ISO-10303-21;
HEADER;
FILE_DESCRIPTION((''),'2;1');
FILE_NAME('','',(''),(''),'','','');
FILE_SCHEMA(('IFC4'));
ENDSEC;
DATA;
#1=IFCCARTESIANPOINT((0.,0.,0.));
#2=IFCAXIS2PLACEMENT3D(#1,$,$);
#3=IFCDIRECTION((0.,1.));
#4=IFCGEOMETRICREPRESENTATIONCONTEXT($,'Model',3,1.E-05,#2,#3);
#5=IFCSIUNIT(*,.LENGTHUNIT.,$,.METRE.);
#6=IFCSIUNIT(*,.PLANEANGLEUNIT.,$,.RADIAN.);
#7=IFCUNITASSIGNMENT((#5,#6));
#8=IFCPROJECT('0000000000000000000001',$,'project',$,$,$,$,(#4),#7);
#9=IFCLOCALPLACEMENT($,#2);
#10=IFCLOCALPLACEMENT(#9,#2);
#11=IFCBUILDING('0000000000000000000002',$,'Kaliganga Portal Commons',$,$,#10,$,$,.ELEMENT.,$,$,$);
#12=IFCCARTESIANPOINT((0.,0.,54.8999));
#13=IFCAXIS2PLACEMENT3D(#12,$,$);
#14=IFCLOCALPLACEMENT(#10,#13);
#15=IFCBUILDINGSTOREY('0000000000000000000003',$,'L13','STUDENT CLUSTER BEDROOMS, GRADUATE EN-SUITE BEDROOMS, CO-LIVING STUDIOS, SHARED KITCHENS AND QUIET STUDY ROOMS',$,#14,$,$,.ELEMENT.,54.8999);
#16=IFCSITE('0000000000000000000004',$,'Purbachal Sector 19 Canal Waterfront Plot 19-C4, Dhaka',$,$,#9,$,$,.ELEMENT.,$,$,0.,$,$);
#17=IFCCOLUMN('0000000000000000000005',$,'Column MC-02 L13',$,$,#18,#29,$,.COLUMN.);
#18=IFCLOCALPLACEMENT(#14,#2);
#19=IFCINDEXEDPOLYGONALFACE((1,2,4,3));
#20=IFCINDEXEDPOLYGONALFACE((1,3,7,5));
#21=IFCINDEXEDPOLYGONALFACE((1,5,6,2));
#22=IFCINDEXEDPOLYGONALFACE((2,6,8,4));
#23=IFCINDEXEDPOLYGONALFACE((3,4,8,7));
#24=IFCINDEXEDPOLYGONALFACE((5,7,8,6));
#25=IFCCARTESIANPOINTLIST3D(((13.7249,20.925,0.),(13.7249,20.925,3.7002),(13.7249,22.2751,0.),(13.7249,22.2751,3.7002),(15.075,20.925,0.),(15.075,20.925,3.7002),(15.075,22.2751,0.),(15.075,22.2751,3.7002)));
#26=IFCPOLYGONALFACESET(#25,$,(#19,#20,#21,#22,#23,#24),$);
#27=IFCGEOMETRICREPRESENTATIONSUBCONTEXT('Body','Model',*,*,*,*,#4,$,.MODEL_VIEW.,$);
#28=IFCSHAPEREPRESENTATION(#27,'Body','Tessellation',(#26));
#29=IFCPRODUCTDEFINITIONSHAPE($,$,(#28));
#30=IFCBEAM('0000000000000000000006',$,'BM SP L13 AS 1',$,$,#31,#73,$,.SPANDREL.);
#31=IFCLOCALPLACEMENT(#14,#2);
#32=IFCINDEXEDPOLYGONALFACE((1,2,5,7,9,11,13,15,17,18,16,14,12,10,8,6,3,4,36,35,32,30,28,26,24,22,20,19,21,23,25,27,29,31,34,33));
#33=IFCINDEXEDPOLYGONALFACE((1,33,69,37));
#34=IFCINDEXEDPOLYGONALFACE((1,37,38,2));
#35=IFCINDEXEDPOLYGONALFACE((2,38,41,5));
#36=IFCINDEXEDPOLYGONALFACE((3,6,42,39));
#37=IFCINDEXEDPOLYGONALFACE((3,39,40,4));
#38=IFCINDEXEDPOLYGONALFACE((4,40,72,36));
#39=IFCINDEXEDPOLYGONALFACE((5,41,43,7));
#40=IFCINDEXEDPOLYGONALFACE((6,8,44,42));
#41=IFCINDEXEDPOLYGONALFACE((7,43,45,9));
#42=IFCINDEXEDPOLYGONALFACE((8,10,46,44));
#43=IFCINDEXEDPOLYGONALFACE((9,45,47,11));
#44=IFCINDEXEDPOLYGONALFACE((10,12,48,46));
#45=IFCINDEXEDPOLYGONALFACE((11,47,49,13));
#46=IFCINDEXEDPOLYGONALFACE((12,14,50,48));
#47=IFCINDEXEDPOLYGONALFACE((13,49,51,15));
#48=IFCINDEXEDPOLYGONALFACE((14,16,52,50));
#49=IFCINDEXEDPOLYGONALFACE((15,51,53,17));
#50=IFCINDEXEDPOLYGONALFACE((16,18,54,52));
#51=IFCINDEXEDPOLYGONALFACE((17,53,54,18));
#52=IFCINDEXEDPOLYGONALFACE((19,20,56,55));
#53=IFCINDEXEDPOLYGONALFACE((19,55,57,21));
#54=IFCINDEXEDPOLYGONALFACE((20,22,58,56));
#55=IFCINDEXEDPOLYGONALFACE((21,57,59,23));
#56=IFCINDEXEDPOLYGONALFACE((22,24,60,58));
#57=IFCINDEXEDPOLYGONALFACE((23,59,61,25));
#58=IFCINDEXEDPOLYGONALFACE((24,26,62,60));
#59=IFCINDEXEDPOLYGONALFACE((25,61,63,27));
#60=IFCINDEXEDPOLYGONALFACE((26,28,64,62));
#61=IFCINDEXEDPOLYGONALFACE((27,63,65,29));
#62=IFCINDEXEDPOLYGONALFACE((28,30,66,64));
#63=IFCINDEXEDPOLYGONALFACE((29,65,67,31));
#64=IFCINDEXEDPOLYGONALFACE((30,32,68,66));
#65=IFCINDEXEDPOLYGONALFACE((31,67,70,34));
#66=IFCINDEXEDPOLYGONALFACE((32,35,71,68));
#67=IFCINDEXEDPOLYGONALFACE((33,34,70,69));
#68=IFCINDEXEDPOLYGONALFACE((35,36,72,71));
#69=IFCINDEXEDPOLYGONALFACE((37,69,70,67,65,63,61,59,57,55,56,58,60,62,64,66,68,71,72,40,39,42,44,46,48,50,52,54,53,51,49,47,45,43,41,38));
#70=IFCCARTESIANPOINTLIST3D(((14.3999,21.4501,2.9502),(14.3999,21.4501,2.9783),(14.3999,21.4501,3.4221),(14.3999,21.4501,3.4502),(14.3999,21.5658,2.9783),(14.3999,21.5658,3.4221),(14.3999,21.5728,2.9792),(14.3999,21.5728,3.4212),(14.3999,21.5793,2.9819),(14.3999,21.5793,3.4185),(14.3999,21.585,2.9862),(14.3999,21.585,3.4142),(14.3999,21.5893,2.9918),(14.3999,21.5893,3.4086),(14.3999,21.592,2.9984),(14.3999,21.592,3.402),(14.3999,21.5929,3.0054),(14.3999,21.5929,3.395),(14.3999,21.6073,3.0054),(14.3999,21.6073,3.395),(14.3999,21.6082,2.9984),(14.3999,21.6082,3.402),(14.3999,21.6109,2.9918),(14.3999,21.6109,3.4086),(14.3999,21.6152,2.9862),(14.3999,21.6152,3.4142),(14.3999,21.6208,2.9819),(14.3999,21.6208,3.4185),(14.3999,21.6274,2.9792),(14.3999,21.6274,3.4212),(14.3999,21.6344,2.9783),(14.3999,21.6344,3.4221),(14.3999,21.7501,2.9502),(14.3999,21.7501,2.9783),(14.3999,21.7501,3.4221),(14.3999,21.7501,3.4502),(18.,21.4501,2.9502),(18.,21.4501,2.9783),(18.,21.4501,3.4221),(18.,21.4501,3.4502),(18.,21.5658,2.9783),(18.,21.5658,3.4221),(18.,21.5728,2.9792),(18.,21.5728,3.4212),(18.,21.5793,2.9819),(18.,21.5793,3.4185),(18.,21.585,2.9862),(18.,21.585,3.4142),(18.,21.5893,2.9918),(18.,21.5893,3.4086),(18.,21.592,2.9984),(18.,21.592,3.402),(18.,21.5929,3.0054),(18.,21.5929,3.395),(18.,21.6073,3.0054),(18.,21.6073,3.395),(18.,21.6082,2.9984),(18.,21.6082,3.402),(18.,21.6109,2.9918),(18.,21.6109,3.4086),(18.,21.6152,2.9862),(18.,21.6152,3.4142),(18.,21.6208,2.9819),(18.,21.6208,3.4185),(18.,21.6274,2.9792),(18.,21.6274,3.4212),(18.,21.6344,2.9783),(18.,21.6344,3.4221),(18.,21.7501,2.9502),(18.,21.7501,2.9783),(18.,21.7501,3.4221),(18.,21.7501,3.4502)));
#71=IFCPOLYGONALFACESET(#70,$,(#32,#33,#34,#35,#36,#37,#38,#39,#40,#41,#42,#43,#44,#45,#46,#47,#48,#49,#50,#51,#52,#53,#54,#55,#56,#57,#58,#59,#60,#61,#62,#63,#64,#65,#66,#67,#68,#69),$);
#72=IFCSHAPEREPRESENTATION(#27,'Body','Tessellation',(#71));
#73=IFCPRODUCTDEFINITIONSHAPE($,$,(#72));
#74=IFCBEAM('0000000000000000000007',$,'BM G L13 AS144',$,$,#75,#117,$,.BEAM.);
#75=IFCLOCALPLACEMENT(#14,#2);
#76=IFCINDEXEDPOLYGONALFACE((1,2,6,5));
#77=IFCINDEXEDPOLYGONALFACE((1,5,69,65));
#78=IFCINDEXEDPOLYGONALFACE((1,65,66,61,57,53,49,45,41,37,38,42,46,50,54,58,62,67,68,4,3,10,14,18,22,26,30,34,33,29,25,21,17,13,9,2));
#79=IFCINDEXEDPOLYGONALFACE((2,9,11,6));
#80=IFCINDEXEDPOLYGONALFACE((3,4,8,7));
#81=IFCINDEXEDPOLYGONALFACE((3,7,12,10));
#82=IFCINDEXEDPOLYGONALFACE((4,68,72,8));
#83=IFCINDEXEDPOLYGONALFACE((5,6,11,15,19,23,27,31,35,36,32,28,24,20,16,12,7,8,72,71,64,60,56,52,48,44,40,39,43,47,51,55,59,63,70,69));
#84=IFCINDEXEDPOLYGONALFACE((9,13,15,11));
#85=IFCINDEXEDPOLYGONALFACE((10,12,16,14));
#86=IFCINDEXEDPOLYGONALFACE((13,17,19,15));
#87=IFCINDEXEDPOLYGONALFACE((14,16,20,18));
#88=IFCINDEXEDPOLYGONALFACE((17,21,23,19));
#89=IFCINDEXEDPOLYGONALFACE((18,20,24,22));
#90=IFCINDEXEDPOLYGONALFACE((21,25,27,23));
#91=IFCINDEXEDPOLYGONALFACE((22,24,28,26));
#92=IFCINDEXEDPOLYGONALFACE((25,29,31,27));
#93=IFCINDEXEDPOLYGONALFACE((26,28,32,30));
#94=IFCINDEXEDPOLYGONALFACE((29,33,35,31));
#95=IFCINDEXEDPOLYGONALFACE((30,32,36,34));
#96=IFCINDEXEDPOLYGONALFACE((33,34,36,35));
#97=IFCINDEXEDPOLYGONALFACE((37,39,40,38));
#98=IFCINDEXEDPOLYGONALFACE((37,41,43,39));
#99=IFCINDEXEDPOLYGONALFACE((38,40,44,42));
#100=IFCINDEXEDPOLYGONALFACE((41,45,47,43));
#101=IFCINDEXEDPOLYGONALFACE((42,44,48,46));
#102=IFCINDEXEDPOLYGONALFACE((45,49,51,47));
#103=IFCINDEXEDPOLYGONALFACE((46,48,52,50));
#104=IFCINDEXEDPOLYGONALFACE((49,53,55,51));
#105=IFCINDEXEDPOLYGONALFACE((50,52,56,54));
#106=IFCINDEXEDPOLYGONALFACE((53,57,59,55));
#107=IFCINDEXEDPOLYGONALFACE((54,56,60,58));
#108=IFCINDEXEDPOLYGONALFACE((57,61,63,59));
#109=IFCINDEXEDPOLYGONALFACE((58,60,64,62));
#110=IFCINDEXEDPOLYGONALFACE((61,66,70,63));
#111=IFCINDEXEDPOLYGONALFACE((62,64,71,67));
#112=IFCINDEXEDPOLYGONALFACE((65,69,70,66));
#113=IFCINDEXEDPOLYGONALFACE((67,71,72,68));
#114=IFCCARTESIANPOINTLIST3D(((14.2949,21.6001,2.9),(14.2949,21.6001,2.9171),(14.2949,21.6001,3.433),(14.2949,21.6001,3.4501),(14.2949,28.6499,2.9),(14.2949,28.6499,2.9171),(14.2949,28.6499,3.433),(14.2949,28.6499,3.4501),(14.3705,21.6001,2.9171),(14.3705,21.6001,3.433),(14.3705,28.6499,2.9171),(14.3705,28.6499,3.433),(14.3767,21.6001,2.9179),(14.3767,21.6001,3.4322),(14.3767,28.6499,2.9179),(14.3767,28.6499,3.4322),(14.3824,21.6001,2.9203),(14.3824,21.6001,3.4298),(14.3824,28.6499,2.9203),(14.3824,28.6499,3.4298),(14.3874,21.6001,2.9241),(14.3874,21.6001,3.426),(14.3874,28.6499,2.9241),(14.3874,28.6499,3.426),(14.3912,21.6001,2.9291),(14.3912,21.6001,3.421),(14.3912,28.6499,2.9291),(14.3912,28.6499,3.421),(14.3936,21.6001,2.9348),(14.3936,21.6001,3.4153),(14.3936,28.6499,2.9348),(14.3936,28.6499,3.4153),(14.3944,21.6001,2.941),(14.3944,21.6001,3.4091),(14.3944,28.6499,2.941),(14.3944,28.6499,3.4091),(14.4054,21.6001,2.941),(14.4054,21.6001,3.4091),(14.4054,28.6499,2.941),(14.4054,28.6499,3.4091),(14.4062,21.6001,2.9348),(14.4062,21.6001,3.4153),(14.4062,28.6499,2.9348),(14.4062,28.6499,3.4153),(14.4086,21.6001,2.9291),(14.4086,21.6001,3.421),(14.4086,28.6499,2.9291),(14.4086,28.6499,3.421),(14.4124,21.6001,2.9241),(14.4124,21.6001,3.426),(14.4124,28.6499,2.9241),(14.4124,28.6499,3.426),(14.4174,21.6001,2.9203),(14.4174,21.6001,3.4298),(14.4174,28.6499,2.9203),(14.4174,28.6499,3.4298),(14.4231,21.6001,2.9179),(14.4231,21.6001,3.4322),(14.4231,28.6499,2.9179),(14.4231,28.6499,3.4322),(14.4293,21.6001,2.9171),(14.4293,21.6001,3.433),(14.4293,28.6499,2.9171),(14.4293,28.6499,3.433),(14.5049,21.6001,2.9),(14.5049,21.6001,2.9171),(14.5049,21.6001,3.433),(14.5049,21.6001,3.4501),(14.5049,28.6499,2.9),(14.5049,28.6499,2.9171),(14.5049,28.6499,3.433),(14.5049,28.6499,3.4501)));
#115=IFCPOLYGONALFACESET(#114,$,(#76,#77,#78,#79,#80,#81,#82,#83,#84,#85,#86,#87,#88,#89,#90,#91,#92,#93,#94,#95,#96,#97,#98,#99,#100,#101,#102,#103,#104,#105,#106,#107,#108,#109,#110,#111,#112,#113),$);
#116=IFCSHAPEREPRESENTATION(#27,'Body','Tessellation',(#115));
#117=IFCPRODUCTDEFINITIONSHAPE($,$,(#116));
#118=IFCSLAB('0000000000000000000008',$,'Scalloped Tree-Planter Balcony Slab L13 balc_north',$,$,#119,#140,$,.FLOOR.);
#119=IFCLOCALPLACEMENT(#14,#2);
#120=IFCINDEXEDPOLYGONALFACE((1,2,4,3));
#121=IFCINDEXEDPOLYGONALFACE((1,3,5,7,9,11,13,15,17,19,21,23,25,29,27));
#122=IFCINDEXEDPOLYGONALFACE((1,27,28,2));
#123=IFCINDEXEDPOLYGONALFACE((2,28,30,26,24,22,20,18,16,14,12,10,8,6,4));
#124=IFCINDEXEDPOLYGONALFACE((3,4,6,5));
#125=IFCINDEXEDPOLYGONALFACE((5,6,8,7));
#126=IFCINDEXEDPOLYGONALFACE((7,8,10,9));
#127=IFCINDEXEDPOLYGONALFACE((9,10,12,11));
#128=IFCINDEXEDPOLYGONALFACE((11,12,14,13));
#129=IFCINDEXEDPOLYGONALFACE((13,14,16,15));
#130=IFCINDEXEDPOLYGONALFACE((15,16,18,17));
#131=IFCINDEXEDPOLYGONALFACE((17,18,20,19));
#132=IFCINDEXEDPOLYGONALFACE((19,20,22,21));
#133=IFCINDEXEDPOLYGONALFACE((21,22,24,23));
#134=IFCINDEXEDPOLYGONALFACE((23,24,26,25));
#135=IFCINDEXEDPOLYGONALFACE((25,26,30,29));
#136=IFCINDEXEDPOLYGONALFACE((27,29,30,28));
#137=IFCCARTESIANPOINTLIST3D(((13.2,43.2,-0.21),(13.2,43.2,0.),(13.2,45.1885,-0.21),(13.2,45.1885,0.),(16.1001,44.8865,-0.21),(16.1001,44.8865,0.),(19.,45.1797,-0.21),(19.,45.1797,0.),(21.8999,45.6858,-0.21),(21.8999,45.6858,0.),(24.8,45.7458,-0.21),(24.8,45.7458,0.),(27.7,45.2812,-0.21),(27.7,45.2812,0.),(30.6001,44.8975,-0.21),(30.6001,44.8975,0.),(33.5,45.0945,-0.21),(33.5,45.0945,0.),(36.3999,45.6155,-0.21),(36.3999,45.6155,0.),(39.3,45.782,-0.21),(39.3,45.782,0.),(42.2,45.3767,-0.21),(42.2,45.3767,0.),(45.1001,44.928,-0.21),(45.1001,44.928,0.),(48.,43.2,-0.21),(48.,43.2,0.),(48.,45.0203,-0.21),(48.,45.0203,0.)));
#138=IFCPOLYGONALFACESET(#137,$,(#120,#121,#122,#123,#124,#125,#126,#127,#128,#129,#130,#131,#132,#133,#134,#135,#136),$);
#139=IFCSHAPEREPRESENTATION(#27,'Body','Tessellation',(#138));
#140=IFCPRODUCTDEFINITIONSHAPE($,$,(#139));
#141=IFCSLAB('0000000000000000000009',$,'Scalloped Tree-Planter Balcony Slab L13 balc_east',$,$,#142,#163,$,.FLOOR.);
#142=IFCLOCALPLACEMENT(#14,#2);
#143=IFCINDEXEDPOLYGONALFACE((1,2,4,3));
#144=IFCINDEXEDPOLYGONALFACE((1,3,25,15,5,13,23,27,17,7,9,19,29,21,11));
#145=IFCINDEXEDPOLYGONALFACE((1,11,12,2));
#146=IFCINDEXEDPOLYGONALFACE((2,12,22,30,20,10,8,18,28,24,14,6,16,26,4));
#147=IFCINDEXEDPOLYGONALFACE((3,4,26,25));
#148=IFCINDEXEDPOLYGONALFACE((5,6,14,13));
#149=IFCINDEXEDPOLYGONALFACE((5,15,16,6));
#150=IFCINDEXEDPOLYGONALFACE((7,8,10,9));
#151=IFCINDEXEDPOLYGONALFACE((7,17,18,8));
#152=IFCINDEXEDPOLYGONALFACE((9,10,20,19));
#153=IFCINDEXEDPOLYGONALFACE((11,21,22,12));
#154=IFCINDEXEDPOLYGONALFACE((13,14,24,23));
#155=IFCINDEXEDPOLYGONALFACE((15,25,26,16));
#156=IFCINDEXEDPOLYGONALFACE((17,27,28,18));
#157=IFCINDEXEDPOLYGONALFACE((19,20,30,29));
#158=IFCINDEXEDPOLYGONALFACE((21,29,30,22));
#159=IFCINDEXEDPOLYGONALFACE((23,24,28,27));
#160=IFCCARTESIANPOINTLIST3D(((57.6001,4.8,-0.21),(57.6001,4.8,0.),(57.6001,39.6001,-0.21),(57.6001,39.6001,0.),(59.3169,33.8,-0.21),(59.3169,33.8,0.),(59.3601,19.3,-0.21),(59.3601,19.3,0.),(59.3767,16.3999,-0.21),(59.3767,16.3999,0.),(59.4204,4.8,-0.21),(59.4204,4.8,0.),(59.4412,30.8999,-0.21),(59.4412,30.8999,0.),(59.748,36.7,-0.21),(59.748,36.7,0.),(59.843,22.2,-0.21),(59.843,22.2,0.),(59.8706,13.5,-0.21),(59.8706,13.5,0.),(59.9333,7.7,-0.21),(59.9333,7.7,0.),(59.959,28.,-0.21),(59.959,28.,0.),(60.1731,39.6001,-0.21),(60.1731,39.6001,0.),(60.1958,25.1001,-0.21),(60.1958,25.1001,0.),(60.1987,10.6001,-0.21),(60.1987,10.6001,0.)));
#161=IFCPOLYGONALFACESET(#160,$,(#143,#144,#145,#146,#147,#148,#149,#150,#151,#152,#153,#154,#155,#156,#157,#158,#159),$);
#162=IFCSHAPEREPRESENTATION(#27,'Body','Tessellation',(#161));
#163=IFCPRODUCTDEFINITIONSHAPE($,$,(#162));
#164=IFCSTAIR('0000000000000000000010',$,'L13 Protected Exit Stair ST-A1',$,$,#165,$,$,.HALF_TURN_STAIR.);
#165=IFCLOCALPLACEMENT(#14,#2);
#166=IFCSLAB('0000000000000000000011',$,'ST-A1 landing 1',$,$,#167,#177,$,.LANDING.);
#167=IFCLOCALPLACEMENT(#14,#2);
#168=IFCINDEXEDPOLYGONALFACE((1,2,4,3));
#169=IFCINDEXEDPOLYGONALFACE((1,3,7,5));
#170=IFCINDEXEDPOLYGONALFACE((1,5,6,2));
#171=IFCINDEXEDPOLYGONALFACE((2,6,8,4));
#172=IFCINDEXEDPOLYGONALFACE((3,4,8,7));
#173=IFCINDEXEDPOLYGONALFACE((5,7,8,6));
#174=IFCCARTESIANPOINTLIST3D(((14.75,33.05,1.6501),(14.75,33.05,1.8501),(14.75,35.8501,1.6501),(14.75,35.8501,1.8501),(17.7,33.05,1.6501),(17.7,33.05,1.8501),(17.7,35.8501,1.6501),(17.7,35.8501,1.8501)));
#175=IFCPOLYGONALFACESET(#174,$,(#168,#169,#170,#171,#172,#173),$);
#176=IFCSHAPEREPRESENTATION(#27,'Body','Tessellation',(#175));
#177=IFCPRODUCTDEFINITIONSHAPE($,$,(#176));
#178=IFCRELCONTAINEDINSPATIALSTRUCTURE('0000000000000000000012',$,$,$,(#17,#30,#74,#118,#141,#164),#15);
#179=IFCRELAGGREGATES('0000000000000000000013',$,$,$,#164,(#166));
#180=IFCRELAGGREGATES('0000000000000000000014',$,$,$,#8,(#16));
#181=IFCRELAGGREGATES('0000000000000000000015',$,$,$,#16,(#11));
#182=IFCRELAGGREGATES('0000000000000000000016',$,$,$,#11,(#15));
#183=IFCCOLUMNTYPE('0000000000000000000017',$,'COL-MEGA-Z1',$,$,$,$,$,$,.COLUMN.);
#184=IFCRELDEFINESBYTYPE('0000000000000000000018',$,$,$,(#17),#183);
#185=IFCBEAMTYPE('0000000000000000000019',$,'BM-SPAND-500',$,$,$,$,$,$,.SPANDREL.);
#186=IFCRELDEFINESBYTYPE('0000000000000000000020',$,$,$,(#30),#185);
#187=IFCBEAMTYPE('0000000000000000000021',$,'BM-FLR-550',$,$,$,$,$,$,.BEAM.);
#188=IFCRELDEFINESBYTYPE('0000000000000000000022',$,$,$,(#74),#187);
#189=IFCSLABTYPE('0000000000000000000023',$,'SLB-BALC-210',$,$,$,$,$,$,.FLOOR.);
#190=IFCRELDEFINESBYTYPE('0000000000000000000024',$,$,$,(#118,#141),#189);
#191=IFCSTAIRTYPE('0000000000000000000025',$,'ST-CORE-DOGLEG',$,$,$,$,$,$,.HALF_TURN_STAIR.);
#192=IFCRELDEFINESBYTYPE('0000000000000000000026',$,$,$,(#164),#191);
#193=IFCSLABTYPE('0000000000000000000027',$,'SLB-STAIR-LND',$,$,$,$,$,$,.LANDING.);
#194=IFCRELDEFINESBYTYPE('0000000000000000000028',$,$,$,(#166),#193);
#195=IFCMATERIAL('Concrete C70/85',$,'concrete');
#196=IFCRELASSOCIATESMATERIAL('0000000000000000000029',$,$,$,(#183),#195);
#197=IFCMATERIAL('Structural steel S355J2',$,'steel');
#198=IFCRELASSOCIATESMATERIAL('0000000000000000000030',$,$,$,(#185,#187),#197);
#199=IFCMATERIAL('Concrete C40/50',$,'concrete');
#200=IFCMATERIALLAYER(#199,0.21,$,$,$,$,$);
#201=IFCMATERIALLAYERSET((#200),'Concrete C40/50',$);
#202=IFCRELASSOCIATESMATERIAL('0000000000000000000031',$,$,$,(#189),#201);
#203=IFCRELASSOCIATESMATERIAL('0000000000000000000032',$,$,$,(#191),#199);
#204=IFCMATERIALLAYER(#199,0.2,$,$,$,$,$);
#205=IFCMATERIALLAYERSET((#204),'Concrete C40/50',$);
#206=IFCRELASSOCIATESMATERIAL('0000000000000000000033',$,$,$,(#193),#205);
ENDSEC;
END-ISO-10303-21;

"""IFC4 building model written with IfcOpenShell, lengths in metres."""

from ifc_helpers import new_model, si_unit, direction, frame, origin, origin_2d, place, context, subcontext, project, spatial, polyline, rectangle, i_section, outline, extrude, source, transform, mapped, material, layer, layer_set, material_profile, profile_set, type_object, element, aggregate, save


model = new_model("IFC4")

# Units and contexts
model_context = context("Model", 3, precision=1e-05, world=origin(), true_north=direction((0.0, 1.0)))
body_context = subcontext(model_context, "Body", "Model", "MODEL_VIEW")
ifc_project = project(units=[si_unit("LENGTHUNIT", "METRE"), si_unit("PLANEANGLEUNIT", "RADIAN")], contexts=[model_context])

# Site, building, storey
site_placement = place(None, origin())
site = spatial("IfcSite", under=ifc_project, at=site_placement, Name="Purbachal Sector 19 Canal Waterfront Plot 19-C4, Dhaka", CompositionType="ELEMENT", RefElevation=0.0)
building_placement = place(site_placement, origin())
building = spatial("IfcBuilding", under=site, at=building_placement, Name="Kaliganga Portal Commons", CompositionType="ELEMENT")
storey_placement = place(building_placement, frame((0.0, 0.0, 54.8999)))
storey = spatial("IfcBuildingStorey", under=building, at=storey_placement, Name="L13", Description="STUDENT CLUSTER BEDROOMS, GRADUATE EN-SUITE BEDROOMS, CO-LIVING STUDIOS, SHARED KITCHENS AND QUIET STUDY ROOMS", CompositionType="ELEMENT", Elevation=54.8999)

# Column
ifc_material_1 = material(Name="Concrete C70/85", Category="concrete")
ifc_material_profile_1 = material_profile(ifc_material_1, rectangle(XDim=1.3501, YDim=1.3501, at=origin_2d()), Name="RC 1350x1350")
ifc_profile_set_1 = profile_set([ifc_material_profile_1], Name="Concrete C70/85")
column_type = type_object("IfcColumnType", Name="COL-MEGA-Z1", PredefinedType="COLUMN", material=ifc_profile_set_1)
shared_shape_1 = source(origin(), body_context, "Body", "SweptSolid", [
    extrude(rectangle(XDim=1.3501, YDim=1.3501, at=origin_2d()), origin(), (0.0, 0.0, 1.0), 3.7002),
])
column_placement = place(storey_placement, frame((14.3999, 21.6001, 0.0), z_axis=(0.0, 0.0, 1.0), x_axis=(1.0, 0.0, 0.0)))
element("IfcColumn", 1, at=column_placement, inside=storey, type_object=column_type, Name="Column MC-02 L13", PredefinedType="COLUMN", context=body_context, shape_type="MappedRepresentation", body=[
    mapped(shared_shape_1, transform((0.0, 0.0, 0.0), x_axis=(1.0, 0.0, 0.0), y_axis=(0.0, 1.0, 0.0), z_axis=(0.0, 0.0, 1.0), scale=1.0)),
])

# Beams
ifc_material_2 = material(Name="Structural steel S355J2", Category="steel")
ifc_material_profile_2 = material_profile(ifc_material_2, i_section(OverallWidth=0.3, OverallDepth=0.5, WebThickness=0.0144, FlangeThickness=0.0281, FilletRadius=0.0271, at=origin_2d()), Name="HE 500 B")
ifc_profile_set_2 = profile_set([ifc_material_profile_2], Name="Structural steel S355J2 wide-flange")
beam_type_1 = type_object("IfcBeamType", Name="BM-SPAND-500", PredefinedType="SPANDREL", material=ifc_profile_set_2)
shared_shape_2 = source(origin(), body_context, "Body", "SweptSolid", [
    extrude(i_section(OverallWidth=0.3, OverallDepth=0.5, WebThickness=0.0144, FlangeThickness=0.0281, FilletRadius=0.0271, at=origin_2d()), origin(), (0.0, 0.0, 1.0), 3.6001),
])
beam_1_placement = place(storey_placement, frame((14.3999, 21.6001, 3.2002), z_axis=(1.0, 0.0, 0.0), x_axis=(0.0, 1.0, 0.0)))
element("IfcBeam", 2, at=beam_1_placement, inside=storey, type_object=beam_type_1, Name="BM SP L13 AS 1", PredefinedType="SPANDREL", context=body_context, shape_type="MappedRepresentation", body=[
    mapped(shared_shape_2, transform((0.0, 0.0, 0.0), x_axis=(1.0, 0.0, 0.0), y_axis=(0.0, 1.0, 0.0), z_axis=(0.0, 0.0, 1.0), scale=1.0)),
])
ifc_material_profile_3 = material_profile(ifc_material_2, i_section(OverallWidth=0.21, OverallDepth=0.55, WebThickness=0.011, FlangeThickness=0.0171, FilletRadius=0.0239, at=origin_2d()), Name="IPE 550")
ifc_profile_set_3 = profile_set([ifc_material_profile_3], Name="Structural steel S355J2 wide-flange")
beam_type_2 = type_object("IfcBeamType", Name="BM-FLR-550", PredefinedType="BEAM", material=ifc_profile_set_3)
shared_shape_3 = source(origin(), body_context, "Body", "SweptSolid", [
    extrude(i_section(OverallWidth=0.21, OverallDepth=0.55, WebThickness=0.011, FlangeThickness=0.0171, FilletRadius=0.0239, at=origin_2d()), origin(), (0.0, 0.0, 1.0), 7.0498),
])
beam_2_placement = place(storey_placement, frame((14.3999, 21.6001, 3.175), z_axis=(0.0, 1.0, 0.0), x_axis=(-1.0, 0.0, 0.0)))
element("IfcBeam", 3, at=beam_2_placement, inside=storey, type_object=beam_type_2, Name="BM G L13 AS144", PredefinedType="BEAM", context=body_context, shape_type="MappedRepresentation", body=[
    mapped(shared_shape_3, transform((0.0, 0.0, 0.0), x_axis=(1.0, 0.0, 0.0), y_axis=(0.0, 1.0, 0.0), z_axis=(0.0, 0.0, 1.0), scale=1.0)),
])

# Slabs
ifc_material_3 = material(Name="Concrete C40/50", Category="concrete")
ifc_layer_1 = layer(ifc_material_3, 0.21)
ifc_layer_set_1 = layer_set([ifc_layer_1], Name="Concrete C40/50")
slab_type_1 = type_object("IfcSlabType", Name="SLB-BALC-210", PredefinedType="FLOOR", material=ifc_layer_set_1)
slab_1_placement = place(storey_placement, frame((0.0, 0.0, -0.21)))
element("IfcSlab", 4, at=slab_1_placement, inside=storey, type_object=slab_type_1, Name="Scalloped Tree-Planter Balcony Slab L13 balc_north", PredefinedType="FLOOR", context=body_context, shape_type="SweptSolid", body=[
    extrude(outline(polyline([(48.0, 43.2), (48.0, 45.0203), (45.1001, 44.928), (42.2, 45.3767), (39.3, 45.782), (36.3999, 45.6155), (33.5, 45.0945), (30.6001, 44.8975), (27.7, 45.2812), (24.8, 45.7458), (21.8999, 45.6858), (19.0, 45.1797), (16.1001, 44.8865), (13.2, 45.1885), (13.2, 43.2), (48.0, 43.2)])), origin(), (0.0, 0.0, 1.0), 0.21),
])
slab_2_placement = place(storey_placement, frame((0.0, 0.0, -0.21)))
element("IfcSlab", 5, at=slab_2_placement, inside=storey, type_object=slab_type_1, Name="Scalloped Tree-Planter Balcony Slab L13 balc_east", PredefinedType="FLOOR", context=body_context, shape_type="SweptSolid", body=[
    extrude(outline(polyline([(57.6001, 4.8), (59.4204, 4.8), (59.9333, 7.7), (60.1987, 10.6001), (59.8706, 13.5), (59.3767, 16.3999), (59.3601, 19.3), (59.843, 22.2), (60.1958, 25.1001), (59.959, 28.0), (59.4412, 30.8999), (59.3169, 33.8), (59.748, 36.7), (60.1731, 39.6001), (57.6001, 39.6001), (57.6001, 4.8)])), origin(), (0.0, 0.0, 1.0), 0.21),
])

# Stair, slab
stair_type = type_object("IfcStairType", Name="ST-CORE-DOGLEG", PredefinedType="HALF_TURN_STAIR", material=ifc_material_3)
stair_1_placement = place(storey_placement, origin())
stair_1 = element("IfcStair", 6, at=stair_1_placement, inside=storey, type_object=stair_type, Name="L13 Protected Exit Stair ST-A1", PredefinedType="HALF_TURN_STAIR")
ifc_layer_2 = layer(ifc_material_3, 0.2)
ifc_layer_set_2 = layer_set([ifc_layer_2], Name="Concrete C40/50")
slab_type_2 = type_object("IfcSlabType", Name="SLB-STAIR-LND", PredefinedType="LANDING", material=ifc_layer_set_2)
slab_3_placement = place(storey_placement, frame((0.0, 0.0, 1.6501)))
slab_3 = element("IfcSlab", 7, at=slab_3_placement, type_object=slab_type_2, Name="ST-A1 landing 1", PredefinedType="LANDING", context=body_context, shape_type="SweptSolid", body=[
    extrude(outline(polyline([(17.7, 33.05), (17.7, 35.8501), (14.75, 35.8501), (14.75, 33.05), (17.7, 33.05)])), origin(), (0.0, 0.0, 1.0), 0.2),
])
aggregate(stair_1, [slab_3])

save(model, "model.ifc")
